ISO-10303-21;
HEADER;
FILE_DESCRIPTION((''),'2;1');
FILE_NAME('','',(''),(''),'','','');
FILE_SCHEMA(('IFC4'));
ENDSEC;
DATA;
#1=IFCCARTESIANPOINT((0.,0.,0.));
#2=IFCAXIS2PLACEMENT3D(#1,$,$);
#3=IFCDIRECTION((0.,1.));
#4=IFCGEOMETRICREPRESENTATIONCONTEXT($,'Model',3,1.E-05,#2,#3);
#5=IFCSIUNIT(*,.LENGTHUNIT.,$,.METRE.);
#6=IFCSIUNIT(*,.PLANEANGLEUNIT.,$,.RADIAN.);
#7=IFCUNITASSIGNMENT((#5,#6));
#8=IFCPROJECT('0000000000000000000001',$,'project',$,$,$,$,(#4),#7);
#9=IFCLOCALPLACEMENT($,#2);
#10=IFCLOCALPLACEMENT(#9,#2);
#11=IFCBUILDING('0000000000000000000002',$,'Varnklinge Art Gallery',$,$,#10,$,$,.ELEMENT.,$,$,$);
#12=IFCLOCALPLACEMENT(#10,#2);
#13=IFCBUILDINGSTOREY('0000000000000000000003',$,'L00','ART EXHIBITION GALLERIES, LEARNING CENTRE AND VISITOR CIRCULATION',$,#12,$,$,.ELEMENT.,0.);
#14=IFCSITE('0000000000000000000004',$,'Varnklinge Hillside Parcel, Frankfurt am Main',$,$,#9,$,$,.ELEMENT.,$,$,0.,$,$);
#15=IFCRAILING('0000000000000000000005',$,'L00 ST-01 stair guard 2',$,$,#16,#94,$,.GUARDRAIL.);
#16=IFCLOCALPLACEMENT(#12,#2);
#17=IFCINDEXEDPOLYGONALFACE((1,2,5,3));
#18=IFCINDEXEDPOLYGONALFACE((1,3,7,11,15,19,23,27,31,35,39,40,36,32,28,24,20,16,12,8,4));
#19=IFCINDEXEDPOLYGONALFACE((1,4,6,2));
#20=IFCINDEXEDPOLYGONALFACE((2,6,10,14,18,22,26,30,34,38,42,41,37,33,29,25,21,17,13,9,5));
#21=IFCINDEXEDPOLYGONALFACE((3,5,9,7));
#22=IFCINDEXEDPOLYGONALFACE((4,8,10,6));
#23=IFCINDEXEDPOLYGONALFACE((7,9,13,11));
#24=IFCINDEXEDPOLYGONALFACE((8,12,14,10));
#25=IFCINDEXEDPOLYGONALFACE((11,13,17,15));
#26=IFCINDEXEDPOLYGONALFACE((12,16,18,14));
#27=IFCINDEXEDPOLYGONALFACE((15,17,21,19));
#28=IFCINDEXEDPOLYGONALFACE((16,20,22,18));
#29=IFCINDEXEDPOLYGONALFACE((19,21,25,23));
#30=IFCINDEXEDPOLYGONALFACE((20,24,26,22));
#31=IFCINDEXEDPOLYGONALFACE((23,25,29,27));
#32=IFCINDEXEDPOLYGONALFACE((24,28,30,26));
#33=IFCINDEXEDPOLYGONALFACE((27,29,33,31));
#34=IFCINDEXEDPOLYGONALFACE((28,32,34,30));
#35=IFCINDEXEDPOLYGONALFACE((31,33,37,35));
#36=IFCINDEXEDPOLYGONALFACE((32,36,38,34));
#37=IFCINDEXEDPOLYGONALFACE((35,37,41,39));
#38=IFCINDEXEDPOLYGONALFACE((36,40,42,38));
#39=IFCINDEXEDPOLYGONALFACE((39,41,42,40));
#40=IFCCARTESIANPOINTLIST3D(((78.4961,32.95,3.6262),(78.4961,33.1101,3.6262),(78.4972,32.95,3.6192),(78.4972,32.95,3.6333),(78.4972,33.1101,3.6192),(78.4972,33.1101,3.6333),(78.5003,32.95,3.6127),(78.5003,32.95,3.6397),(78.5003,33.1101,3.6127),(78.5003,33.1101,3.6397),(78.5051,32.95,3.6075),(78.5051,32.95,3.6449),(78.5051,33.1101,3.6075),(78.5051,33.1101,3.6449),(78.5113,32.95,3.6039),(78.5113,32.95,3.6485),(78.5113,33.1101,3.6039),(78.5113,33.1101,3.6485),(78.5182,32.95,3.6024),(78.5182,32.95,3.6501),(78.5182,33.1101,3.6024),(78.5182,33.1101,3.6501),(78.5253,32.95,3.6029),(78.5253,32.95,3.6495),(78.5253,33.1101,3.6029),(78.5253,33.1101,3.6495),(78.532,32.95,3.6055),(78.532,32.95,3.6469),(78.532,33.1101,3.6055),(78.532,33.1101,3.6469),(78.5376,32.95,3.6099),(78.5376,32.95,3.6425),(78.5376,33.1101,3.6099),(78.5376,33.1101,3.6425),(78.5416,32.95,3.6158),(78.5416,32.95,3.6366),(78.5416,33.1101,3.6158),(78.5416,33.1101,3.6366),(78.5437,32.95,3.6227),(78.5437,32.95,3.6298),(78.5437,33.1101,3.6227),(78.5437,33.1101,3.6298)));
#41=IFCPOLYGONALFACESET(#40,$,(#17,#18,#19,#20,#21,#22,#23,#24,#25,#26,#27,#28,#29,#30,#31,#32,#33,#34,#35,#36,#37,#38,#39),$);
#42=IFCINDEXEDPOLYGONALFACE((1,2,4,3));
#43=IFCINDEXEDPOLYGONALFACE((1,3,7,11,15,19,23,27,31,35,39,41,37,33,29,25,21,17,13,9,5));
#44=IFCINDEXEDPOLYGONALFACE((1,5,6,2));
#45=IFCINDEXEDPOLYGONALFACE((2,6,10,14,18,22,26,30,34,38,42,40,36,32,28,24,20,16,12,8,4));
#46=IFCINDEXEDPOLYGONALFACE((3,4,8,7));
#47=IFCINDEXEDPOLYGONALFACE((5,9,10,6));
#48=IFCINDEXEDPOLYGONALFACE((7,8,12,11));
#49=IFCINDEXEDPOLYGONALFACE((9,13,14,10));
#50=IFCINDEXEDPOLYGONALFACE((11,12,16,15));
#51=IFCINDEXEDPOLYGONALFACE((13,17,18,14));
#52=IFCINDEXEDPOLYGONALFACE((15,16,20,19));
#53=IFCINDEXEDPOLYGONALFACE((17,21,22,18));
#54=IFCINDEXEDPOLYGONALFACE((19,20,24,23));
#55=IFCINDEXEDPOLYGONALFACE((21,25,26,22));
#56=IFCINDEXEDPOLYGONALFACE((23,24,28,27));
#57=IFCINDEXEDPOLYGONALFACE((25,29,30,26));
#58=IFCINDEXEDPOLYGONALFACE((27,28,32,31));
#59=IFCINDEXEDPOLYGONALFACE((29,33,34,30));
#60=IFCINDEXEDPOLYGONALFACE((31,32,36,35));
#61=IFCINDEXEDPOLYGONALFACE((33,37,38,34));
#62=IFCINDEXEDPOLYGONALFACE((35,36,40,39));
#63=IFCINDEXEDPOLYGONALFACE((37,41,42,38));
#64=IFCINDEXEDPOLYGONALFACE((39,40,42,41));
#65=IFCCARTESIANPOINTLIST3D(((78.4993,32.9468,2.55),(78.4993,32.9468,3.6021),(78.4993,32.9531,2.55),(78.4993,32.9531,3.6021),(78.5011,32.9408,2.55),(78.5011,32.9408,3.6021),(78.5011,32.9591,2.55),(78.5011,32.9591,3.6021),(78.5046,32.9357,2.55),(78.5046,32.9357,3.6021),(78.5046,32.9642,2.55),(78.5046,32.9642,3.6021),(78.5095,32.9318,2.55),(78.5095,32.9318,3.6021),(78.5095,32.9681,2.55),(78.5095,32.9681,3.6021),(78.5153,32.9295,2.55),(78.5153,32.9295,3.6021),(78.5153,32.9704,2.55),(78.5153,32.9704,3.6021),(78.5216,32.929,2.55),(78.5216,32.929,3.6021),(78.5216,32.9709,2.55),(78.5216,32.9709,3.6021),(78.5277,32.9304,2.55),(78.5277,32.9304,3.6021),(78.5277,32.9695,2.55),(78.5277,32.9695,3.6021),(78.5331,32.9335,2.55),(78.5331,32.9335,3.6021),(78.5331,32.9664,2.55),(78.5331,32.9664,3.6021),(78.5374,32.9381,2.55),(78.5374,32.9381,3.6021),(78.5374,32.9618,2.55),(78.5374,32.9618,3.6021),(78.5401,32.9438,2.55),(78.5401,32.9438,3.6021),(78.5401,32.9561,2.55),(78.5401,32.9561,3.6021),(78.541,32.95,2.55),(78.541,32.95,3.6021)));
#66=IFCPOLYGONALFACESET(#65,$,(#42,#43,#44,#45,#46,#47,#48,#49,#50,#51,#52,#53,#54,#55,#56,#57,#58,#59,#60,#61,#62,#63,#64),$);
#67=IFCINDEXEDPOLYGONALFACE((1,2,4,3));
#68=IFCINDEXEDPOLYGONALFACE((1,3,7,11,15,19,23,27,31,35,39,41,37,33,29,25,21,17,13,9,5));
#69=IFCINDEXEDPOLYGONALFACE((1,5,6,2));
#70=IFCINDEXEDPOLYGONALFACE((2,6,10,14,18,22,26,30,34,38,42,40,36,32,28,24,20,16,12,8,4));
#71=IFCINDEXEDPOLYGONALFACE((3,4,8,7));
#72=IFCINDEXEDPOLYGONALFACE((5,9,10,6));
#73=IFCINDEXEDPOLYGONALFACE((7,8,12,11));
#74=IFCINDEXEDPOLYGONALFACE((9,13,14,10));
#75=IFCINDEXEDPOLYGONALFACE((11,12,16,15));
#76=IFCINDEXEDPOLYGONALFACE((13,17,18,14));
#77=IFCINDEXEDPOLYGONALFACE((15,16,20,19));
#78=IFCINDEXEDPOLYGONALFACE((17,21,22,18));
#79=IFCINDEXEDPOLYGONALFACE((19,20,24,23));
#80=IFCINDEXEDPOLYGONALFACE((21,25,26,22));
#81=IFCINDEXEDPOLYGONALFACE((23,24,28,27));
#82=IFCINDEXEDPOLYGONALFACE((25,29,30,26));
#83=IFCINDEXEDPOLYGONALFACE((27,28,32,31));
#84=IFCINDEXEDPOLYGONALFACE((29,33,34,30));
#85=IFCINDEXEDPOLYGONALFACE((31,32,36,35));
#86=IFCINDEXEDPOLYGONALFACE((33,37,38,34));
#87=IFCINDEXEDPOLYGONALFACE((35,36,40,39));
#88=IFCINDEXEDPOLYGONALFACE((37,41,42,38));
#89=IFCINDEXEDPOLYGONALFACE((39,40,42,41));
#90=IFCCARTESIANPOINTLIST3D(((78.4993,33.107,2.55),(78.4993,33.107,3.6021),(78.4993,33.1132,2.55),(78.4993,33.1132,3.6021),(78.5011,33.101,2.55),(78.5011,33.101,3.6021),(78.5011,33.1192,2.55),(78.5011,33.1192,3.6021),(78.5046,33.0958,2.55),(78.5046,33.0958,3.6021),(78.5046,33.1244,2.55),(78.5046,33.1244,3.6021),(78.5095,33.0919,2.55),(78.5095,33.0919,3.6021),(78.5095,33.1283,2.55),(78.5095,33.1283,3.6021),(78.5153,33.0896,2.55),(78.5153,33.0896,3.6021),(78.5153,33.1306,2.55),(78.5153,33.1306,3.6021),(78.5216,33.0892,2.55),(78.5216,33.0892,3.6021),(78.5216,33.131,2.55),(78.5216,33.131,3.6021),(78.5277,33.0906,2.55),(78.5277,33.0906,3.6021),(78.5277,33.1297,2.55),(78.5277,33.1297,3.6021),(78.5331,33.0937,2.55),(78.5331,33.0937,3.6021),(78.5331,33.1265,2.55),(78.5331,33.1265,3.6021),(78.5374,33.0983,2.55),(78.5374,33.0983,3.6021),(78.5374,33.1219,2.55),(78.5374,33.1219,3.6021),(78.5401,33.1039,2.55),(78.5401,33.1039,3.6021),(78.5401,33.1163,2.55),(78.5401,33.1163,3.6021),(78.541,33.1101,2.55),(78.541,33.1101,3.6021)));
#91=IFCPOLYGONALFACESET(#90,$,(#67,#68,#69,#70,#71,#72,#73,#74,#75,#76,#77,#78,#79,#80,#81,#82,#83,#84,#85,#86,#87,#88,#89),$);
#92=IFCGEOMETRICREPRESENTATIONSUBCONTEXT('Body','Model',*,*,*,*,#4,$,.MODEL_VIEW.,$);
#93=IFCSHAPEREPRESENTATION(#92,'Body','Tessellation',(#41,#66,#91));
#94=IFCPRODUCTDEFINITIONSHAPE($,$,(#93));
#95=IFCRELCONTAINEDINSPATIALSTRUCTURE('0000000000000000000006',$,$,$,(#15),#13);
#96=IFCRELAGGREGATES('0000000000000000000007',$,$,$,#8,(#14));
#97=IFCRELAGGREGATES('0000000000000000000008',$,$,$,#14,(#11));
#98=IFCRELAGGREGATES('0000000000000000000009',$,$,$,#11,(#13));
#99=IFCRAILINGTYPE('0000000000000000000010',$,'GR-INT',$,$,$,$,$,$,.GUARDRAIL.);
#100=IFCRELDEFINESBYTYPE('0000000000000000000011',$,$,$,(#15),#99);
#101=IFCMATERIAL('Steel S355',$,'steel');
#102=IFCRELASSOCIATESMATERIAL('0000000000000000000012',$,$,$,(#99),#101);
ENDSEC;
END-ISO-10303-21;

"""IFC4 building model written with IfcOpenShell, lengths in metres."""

from ifc_helpers import new_model, si_unit, direction, frame, origin, origin_2d, place, context, subcontext, project, spatial, circle, extrude, material, type_object, element, save


model = new_model("IFC4")

# Units and contexts
model_context = context("Model", 3, precision=1e-05, world=origin(), true_north=direction((0.0, 1.0)))
body_context = subcontext(model_context, "Body", "Model", "MODEL_VIEW")
ifc_project = project(units=[si_unit("LENGTHUNIT", "METRE"), si_unit("PLANEANGLEUNIT", "RADIAN")], contexts=[model_context])

# Site, building, storey
site_placement = place(None, origin())
site = spatial("IfcSite", under=ifc_project, at=site_placement, Name="Varnklinge Hillside Parcel, Frankfurt am Main", CompositionType="ELEMENT", RefElevation=0.0)
building_placement = place(site_placement, origin())
building = spatial("IfcBuilding", under=site, at=building_placement, Name="Varnklinge Art Gallery", CompositionType="ELEMENT")
storey_placement = place(building_placement, origin())
storey = spatial("IfcBuildingStorey", under=building, at=storey_placement, Name="L00", Description="ART EXHIBITION GALLERIES, LEARNING CENTRE AND VISITOR CIRCULATION", CompositionType="ELEMENT", Elevation=0.0)

# Railing
ifc_material_1 = material(Name="Steel S355", Category="steel")
railing_type_1 = type_object("IfcRailingType", Name="GR-INT", PredefinedType="GUARDRAIL", material=ifc_material_1)
railing_1_placement = place(storey_placement, frame((78.52, 32.95, 2.55)))
element("IfcRailing", 1, at=railing_1_placement, inside=storey, type_object=railing_type_1, Name="L00 ST-01 stair guard 2", PredefinedType="GUARDRAIL", context=body_context, shape_type="SweptSolid", body=[
    extrude(circle(Radius=0.0239, at=origin_2d()), frame((0.0, 0.0, 1.0762), z_axis=(0.0, 1.0, 0.0), x_axis=(-1.0, 0.0, 0.0)), (0.0, 0.0, 1.0), 0.1602),
    extrude(circle(Radius=0.021, at=origin_2d()), origin(), (0.0, 0.0, 1.0), 1.052),
    extrude(circle(Radius=0.021, at=origin_2d()), frame((0.0, 0.1602, 0.0)), (0.0, 0.0, 1.0), 1.052),
])

save(model, "model.ifc")
